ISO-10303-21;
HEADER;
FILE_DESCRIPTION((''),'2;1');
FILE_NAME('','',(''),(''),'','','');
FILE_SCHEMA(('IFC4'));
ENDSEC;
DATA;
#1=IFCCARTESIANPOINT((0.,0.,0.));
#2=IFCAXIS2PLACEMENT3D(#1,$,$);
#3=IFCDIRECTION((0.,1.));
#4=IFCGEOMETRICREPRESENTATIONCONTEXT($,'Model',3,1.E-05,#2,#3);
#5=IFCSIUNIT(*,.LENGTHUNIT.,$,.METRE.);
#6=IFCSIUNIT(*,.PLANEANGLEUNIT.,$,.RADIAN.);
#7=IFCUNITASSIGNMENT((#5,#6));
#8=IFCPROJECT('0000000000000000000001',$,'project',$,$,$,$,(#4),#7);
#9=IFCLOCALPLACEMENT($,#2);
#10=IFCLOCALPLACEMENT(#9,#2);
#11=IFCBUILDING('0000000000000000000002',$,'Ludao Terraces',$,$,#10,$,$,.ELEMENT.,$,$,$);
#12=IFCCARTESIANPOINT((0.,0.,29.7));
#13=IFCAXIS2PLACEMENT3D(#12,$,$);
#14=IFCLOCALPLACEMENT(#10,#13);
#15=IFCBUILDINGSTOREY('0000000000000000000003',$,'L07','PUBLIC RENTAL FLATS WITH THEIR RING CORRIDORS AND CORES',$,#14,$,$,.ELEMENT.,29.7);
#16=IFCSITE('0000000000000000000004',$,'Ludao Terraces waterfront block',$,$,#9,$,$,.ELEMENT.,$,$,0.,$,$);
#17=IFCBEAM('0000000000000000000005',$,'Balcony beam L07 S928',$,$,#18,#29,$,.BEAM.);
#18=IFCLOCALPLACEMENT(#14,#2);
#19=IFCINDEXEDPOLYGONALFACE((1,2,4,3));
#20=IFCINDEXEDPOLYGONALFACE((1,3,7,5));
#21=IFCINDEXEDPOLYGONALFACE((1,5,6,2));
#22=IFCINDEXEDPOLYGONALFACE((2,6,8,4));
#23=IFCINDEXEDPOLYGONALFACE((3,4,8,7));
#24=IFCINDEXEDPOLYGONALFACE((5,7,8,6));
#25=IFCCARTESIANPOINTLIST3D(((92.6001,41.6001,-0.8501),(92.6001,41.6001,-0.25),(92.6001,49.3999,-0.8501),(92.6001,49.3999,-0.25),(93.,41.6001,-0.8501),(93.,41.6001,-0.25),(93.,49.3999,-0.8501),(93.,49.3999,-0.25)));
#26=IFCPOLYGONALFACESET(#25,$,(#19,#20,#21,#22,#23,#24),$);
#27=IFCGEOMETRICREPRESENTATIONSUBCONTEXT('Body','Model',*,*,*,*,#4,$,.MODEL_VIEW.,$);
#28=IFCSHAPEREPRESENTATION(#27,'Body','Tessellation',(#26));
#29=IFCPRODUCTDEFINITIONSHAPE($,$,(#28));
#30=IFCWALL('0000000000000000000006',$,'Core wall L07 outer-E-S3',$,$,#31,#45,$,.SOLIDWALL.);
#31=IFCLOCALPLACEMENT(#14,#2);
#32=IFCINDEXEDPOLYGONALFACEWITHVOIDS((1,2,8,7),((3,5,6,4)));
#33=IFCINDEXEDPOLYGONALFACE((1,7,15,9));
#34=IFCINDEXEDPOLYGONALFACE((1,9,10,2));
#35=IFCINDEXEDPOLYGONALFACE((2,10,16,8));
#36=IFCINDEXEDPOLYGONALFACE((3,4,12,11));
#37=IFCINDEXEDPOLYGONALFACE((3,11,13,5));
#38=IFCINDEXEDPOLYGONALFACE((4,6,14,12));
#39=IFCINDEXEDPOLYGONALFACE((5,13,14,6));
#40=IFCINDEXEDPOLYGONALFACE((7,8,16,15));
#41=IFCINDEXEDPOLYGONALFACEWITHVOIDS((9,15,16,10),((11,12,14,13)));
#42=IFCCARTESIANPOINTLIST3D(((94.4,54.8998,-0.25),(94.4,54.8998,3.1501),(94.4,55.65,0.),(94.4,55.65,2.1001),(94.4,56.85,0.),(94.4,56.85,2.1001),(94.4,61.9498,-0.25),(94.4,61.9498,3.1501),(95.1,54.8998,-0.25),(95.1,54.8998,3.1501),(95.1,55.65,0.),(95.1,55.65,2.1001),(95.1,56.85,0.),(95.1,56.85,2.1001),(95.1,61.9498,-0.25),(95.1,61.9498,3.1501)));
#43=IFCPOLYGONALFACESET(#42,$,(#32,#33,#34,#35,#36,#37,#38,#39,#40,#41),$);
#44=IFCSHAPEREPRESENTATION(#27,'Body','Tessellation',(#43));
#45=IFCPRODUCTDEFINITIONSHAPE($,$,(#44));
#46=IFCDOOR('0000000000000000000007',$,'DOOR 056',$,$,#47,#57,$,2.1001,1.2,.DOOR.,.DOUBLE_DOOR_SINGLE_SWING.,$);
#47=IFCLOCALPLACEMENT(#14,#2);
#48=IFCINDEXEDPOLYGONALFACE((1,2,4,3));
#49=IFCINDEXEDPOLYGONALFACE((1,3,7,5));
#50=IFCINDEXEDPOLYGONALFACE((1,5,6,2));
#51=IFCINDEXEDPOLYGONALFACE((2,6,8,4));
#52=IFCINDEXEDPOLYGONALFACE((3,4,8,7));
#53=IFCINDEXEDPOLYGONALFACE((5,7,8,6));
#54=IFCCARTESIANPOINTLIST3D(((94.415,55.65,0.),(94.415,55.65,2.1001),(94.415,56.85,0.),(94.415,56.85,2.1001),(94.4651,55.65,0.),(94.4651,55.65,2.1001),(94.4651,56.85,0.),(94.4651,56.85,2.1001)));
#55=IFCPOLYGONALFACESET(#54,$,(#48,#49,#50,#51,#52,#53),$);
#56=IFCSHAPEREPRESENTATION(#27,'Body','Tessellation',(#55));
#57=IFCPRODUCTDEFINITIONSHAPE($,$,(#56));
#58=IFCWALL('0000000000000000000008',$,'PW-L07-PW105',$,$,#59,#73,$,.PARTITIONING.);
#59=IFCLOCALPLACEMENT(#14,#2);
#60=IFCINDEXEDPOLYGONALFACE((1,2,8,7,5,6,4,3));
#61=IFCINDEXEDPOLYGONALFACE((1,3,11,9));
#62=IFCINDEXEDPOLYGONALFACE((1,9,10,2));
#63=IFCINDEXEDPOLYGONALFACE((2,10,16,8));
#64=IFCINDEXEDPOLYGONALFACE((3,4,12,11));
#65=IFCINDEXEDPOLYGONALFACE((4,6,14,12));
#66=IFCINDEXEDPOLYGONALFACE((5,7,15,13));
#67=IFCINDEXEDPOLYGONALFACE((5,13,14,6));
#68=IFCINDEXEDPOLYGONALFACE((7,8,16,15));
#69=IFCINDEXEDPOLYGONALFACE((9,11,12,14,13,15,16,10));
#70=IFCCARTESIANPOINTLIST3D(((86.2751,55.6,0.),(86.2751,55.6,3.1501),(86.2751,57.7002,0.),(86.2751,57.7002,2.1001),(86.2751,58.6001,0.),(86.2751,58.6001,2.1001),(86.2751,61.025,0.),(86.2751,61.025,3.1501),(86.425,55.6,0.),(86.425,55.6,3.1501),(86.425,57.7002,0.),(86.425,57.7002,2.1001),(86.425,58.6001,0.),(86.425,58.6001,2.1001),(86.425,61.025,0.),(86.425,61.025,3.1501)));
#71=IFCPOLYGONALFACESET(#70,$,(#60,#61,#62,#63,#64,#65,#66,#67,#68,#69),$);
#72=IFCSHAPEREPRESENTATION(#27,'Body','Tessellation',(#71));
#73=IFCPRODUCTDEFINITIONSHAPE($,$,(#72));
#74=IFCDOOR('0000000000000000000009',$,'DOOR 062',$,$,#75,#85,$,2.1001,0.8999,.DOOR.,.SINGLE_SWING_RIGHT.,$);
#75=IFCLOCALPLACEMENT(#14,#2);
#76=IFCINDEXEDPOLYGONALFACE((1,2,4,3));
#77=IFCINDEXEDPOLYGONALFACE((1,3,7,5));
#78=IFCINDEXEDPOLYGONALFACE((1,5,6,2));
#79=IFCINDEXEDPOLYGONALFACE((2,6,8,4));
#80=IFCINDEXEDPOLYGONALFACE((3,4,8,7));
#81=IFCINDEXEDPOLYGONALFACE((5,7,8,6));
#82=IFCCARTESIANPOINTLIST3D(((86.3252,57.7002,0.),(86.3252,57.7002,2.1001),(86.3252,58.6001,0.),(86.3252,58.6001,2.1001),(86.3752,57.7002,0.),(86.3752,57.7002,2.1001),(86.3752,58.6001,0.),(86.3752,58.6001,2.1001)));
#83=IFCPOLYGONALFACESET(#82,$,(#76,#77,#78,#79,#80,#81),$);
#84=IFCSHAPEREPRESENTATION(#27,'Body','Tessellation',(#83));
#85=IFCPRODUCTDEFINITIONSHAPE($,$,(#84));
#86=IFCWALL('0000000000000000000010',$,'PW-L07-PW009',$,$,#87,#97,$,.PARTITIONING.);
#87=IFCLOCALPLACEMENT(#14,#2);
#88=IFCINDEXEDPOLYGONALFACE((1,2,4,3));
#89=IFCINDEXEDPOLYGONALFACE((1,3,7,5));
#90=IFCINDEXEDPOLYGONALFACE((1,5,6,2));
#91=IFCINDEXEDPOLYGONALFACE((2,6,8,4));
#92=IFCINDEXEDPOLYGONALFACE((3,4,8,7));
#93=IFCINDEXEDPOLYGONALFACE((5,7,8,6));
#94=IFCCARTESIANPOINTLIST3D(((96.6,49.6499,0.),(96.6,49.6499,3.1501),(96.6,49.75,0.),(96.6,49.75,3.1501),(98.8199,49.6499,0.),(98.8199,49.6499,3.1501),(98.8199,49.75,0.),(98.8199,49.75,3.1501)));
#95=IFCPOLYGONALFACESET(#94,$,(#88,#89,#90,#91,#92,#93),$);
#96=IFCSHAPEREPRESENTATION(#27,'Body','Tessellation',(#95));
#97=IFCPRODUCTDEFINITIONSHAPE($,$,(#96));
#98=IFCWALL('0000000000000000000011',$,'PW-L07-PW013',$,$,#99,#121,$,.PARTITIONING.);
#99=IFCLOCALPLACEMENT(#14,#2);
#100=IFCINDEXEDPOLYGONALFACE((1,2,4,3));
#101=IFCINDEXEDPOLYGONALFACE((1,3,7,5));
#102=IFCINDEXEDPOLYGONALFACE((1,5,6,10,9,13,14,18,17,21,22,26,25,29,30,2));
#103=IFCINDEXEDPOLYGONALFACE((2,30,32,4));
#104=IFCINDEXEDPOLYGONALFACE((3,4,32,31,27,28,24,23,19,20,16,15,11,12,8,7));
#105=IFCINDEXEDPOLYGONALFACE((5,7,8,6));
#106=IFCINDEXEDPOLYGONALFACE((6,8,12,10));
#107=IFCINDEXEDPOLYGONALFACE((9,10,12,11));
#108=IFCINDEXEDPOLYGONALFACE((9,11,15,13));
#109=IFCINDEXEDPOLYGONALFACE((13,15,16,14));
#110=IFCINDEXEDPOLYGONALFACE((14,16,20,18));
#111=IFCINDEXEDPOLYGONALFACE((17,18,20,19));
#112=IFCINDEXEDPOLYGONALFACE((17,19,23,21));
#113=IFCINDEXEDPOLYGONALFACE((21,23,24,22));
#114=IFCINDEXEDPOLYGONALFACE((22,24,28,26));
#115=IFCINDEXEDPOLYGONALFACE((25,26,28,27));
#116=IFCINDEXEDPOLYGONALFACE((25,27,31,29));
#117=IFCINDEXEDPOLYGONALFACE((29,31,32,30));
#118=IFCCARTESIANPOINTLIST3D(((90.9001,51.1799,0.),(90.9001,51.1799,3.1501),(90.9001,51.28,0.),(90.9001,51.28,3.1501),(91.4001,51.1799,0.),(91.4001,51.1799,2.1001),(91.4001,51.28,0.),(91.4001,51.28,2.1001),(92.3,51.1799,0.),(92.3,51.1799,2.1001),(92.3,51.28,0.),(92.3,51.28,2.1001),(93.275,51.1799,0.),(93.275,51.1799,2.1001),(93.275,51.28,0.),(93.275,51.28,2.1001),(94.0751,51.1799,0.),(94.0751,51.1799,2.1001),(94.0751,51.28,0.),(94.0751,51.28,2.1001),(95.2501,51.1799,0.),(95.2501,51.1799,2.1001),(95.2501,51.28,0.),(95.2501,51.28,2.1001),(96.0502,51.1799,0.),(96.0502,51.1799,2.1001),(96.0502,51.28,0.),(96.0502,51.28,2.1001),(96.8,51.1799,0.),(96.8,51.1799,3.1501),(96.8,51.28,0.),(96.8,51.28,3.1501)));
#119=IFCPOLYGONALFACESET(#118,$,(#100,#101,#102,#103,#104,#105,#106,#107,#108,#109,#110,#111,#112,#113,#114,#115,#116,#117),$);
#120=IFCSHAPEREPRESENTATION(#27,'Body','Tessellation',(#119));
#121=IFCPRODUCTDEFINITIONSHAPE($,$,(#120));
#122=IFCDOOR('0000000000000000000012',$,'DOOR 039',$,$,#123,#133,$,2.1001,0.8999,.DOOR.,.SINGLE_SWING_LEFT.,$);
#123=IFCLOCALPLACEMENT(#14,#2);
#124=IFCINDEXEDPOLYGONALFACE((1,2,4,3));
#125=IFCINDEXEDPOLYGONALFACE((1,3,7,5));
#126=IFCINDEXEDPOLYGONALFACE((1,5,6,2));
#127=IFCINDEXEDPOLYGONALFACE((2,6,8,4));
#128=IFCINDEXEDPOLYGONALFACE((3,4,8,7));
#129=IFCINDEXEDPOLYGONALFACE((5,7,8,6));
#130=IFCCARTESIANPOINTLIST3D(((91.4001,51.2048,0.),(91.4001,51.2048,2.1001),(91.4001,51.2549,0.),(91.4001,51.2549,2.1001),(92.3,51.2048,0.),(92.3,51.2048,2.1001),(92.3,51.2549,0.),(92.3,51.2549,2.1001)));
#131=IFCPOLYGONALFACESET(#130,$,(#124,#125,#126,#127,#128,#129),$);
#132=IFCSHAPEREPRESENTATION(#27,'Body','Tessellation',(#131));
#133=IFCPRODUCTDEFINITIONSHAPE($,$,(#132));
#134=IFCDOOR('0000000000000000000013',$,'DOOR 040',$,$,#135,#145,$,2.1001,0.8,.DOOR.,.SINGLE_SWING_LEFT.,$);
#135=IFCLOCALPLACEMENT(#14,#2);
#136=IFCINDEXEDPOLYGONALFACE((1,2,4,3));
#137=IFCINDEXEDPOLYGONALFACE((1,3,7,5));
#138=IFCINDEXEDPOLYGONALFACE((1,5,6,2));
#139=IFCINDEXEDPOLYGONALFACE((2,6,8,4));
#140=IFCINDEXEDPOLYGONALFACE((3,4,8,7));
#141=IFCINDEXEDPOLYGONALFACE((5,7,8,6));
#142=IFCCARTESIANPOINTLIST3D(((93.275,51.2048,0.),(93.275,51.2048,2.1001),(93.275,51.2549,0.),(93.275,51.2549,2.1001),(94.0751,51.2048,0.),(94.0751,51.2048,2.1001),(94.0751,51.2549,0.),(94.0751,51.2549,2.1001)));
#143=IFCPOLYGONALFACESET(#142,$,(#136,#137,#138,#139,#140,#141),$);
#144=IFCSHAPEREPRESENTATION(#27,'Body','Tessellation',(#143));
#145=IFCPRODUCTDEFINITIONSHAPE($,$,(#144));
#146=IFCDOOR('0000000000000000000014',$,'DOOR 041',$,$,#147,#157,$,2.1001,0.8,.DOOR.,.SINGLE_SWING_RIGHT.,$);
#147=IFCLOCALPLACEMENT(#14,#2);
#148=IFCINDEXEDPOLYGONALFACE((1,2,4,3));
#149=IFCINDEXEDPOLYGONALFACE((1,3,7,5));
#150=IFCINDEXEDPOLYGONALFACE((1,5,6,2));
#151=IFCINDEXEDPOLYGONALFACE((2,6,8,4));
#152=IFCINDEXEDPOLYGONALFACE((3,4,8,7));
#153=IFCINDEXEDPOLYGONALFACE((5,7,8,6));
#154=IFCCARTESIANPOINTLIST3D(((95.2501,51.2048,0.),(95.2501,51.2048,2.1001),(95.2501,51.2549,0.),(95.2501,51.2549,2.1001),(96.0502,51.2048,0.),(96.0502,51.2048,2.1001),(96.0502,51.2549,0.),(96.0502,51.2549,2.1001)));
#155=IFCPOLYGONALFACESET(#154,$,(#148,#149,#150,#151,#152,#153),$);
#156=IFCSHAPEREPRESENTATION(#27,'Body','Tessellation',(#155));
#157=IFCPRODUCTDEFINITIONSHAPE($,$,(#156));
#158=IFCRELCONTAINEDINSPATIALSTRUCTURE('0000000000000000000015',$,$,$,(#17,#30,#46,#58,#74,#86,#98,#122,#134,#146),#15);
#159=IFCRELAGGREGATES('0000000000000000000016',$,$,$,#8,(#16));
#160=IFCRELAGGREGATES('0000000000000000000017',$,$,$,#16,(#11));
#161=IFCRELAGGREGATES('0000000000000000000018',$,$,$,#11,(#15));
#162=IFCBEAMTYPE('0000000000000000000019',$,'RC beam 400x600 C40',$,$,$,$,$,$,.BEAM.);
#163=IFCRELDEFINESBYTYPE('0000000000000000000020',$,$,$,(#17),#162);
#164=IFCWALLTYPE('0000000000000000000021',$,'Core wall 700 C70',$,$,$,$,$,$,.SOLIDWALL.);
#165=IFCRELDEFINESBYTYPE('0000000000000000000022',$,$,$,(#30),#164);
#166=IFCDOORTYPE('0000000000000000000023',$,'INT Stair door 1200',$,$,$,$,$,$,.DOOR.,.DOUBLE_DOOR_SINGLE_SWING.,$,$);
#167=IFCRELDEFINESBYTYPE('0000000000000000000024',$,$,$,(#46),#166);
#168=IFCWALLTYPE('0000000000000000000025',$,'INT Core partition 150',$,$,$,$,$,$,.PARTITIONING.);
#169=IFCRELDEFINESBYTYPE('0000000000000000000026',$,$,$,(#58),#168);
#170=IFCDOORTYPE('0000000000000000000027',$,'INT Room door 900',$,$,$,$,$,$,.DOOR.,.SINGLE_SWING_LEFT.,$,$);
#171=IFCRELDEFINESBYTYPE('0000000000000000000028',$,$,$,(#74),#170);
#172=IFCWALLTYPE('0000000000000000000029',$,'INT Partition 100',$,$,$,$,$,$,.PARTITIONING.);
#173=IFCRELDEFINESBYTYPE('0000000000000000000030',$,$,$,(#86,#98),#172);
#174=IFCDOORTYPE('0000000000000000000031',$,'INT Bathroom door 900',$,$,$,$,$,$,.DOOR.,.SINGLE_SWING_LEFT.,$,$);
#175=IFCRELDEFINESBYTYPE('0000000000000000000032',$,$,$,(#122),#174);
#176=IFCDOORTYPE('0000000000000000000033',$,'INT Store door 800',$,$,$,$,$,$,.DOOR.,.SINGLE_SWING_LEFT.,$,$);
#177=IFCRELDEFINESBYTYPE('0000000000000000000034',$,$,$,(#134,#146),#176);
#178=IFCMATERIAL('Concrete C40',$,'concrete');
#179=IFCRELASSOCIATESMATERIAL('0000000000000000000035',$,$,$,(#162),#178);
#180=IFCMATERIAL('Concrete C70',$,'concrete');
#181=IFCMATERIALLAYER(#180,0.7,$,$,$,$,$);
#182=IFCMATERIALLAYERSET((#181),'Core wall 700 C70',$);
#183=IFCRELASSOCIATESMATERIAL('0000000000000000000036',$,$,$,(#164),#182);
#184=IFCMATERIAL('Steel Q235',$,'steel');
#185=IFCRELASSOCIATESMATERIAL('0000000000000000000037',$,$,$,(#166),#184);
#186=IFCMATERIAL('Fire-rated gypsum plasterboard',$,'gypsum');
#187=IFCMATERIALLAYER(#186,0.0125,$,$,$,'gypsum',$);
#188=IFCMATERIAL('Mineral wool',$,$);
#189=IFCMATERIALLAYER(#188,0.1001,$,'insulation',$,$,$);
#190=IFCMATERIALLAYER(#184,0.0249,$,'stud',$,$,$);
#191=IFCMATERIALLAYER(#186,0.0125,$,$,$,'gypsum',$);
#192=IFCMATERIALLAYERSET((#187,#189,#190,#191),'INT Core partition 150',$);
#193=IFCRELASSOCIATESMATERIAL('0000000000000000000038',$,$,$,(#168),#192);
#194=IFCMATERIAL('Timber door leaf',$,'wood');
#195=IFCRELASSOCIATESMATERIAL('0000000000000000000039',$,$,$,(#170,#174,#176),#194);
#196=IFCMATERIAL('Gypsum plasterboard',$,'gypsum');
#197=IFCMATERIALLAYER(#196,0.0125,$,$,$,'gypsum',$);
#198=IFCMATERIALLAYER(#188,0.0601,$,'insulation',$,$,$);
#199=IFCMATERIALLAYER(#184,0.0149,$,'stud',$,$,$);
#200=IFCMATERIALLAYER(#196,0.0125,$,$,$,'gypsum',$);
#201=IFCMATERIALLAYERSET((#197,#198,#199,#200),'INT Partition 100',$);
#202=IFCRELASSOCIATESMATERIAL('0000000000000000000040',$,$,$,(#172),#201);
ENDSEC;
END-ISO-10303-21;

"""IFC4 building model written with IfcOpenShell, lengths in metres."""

from ifc_helpers import new_model, si_unit, direction, frame, frame_2d, origin, origin_2d, place, context, subcontext, project, spatial, rectangle, extrude, material, layer, layer_set, material_profile, profile_set, type_object, element, fill, save


model = new_model("IFC4")

# Units and contexts
model_context = context("Model", 3, precision=1e-05, world=origin(), true_north=direction((0.0, 1.0)))
body_context = subcontext(model_context, "Body", "Model", "MODEL_VIEW")
ifc_project = project(units=[si_unit("LENGTHUNIT", "METRE"), si_unit("PLANEANGLEUNIT", "RADIAN")], contexts=[model_context])

# Site, building, storey
site_placement = place(None, origin())
site = spatial("IfcSite", under=ifc_project, at=site_placement, Name="Ludao Terraces waterfront block", CompositionType="ELEMENT", RefElevation=0.0)
building_placement = place(site_placement, origin())
building = spatial("IfcBuilding", under=site, at=building_placement, Name="Ludao Terraces", CompositionType="ELEMENT")
storey_placement = place(building_placement, frame((0.0, 0.0, 29.7)))
storey = spatial("IfcBuildingStorey", under=building, at=storey_placement, Name="L07", Description="PUBLIC RENTAL FLATS WITH THEIR RING CORRIDORS AND CORES", CompositionType="ELEMENT", Elevation=29.7)

# Beam
ifc_material_1 = material(Name="Concrete C40", Category="concrete")
ifc_material_profile = material_profile(ifc_material_1, rectangle(XDim=0.3999, YDim=0.6001, at=origin_2d()), Name="400 X 600")
ifc_profile_set = profile_set([ifc_material_profile], Name="Concrete C40")
beam_type = type_object("IfcBeamType", Name="RC beam 400x600 C40", PredefinedType="BEAM", material=ifc_profile_set)
beam_placement = place(storey_placement, frame((92.8, 49.3999, -0.55), z_axis=(0.0, -1.0, 0.0), x_axis=(1.0, 0.0, 0.0)))
element("IfcBeam", 1, at=beam_placement, inside=storey, type_object=beam_type, Name="Balcony beam L07 S928", PredefinedType="BEAM", context=body_context, shape_type="SweptSolid", body=[
    extrude(rectangle(XDim=0.3999, YDim=0.6001, at=origin_2d()), origin(), (0.0, 0.0, 1.0), 7.7998),
])

# Walls, openings, doors
ifc_material_2 = material(Name="Concrete C70", Category="concrete")
ifc_layer_1 = layer(ifc_material_2, 0.7)
ifc_layer_set_1 = layer_set([ifc_layer_1], Name="Core wall 700 C70")
wall_type_1 = type_object("IfcWallType", Name="Core wall 700 C70", PredefinedType="SOLIDWALL", material=ifc_layer_set_1)
wall_1_placement = place(storey_placement, frame((94.75, 54.8999, -0.25), z_axis=(0.0, 0.0, 1.0), x_axis=(0.0, 1.0, 0.0)))
wall_1 = element("IfcWall", 2, at=wall_1_placement, inside=storey, type_object=wall_type_1, Name="Core wall L07 outer-E-S3", PredefinedType="SOLIDWALL", context=body_context, shape_type="SweptSolid", body=[
    extrude(rectangle(XDim=7.05, YDim=0.7, at=frame_2d((3.5249, 0.0))), origin(), (0.0, 0.0, 1.0), 3.4001),
])
opening_1_placement = place(wall_1_placement, frame((0.75, 0.0, 0.25)))
opening_1 = element("IfcOpeningElement", 3, at=opening_1_placement, cuts=wall_1, PredefinedType="OPENING", context=body_context, shape_type="SweptSolid", body=[
    extrude(rectangle(XDim=1.2, YDim=2.1001, at=frame_2d((0.6001, 1.05))), frame((0.0, 0.3599, 0.0), z_axis=(0.0, -1.0, 0.0), x_axis=(1.0, 0.0, 0.0)), (0.0, 0.0, 1.0), 0.72),
])
ifc_material_3 = material(Name="Steel Q235", Category="steel")
door_type_1 = type_object("IfcDoorType", Name="INT Stair door 1200", OperationType="DOUBLE_DOOR_SINGLE_SWING", PredefinedType="DOOR", material=ifc_material_3)
door_1_placement = place(opening_1_placement, origin())
door_1 = element("IfcDoor", 4, at=door_1_placement, inside=storey, type_object=door_type_1, Name="DOOR 056", OperationType="DOUBLE_DOOR_SINGLE_SWING", OverallHeight=2.1001, OverallWidth=1.2, PredefinedType="DOOR", context=body_context, shape_type="SweptSolid", body=[
    extrude(rectangle(XDim=1.2, YDim=2.1001, at=frame_2d((0.6001, 1.05))), frame((0.0, 0.335, 0.0), z_axis=(0.0, -1.0, 0.0), x_axis=(1.0, 0.0, 0.0)), (0.0, 0.0, 1.0), 0.05),
])
fill(opening_1, door_1)
ifc_material_4 = material(Name="Fire-rated gypsum plasterboard", Category="gypsum")
ifc_layer_2 = layer(ifc_material_4, 0.0125, Category="gypsum")
ifc_material_5 = material(Name="Mineral wool")
ifc_layer_3 = layer(ifc_material_5, 0.1001, Name="insulation")
ifc_layer_4 = layer(ifc_material_3, 0.0249, Name="stud")
ifc_layer_5 = layer(ifc_material_4, 0.0125, Category="gypsum")
ifc_layer_set_2 = layer_set([ifc_layer_2, ifc_layer_3, ifc_layer_4, ifc_layer_5], Name="INT Core partition 150")
wall_type_2 = type_object("IfcWallType", Name="INT Core partition 150", PredefinedType="PARTITIONING", material=ifc_layer_set_2)
wall_2_placement = place(storey_placement, frame((86.3501, 55.6001, 0.0), z_axis=(0.0, 0.0, 1.0), x_axis=(0.0, 1.0, 0.0)))
wall_2 = element("IfcWall", 5, at=wall_2_placement, inside=storey, type_object=wall_type_2, Name="PW-L07-PW105", PredefinedType="PARTITIONING", context=body_context, shape_type="SweptSolid", body=[
    extrude(rectangle(XDim=5.425, YDim=0.1499, at=frame_2d((2.7124, 0.0))), origin(), (0.0, 0.0, 1.0), 3.1501),
])
opening_2_placement = place(wall_2_placement, frame((2.1001, 0.0, 0.0)))
opening_2 = element("IfcOpeningElement", 6, at=opening_2_placement, cuts=wall_2, PredefinedType="OPENING", context=body_context, shape_type="SweptSolid", body=[
    extrude(rectangle(XDim=0.8999, YDim=2.1001, at=frame_2d((0.45, 1.05))), frame((0.0, 0.085, 0.0), z_axis=(0.0, -1.0, 0.0), x_axis=(1.0, 0.0, 0.0)), (0.0, 0.0, 1.0), 0.1699),
])
ifc_material_6 = material(Name="Timber door leaf", Category="wood")
door_type_2 = type_object("IfcDoorType", Name="INT Room door 900", OperationType="SINGLE_SWING_LEFT", PredefinedType="DOOR", material=ifc_material_6)
door_2_placement = place(opening_2_placement, origin())
door_2 = element("IfcDoor", 7, at=door_2_placement, inside=storey, type_object=door_type_2, Name="DOOR 062", OperationType="SINGLE_SWING_RIGHT", OverallHeight=2.1001, OverallWidth=0.8999, PredefinedType="DOOR", context=body_context, shape_type="SweptSolid", body=[
    extrude(rectangle(XDim=0.8999, YDim=2.1001, at=frame_2d((0.45, 1.05))), frame((0.0, 0.0249, 0.0), z_axis=(0.0, -1.0, 0.0), x_axis=(1.0, 0.0, 0.0)), (0.0, 0.0, 1.0), 0.05),
])
fill(opening_2, door_2)

# Wall
ifc_material_7 = material(Name="Gypsum plasterboard", Category="gypsum")
ifc_layer_6 = layer(ifc_material_7, 0.0125, Category="gypsum")
ifc_layer_7 = layer(ifc_material_5, 0.0601, Name="insulation")
ifc_layer_8 = layer(ifc_material_3, 0.0149, Name="stud")
ifc_layer_9 = layer(ifc_material_7, 0.0125, Category="gypsum")
ifc_layer_set_3 = layer_set([ifc_layer_6, ifc_layer_7, ifc_layer_8, ifc_layer_9], Name="INT Partition 100")
wall_type_3 = type_object("IfcWallType", Name="INT Partition 100", PredefinedType="PARTITIONING", material=ifc_layer_set_3)
wall_3_placement = place(storey_placement, frame((96.6001, 49.7, 0.0), z_axis=(0.0, 0.0, 1.0), x_axis=(1.0, 0.0, 0.0)))
element("IfcWall", 8, at=wall_3_placement, inside=storey, type_object=wall_type_3, Name="PW-L07-PW009", PredefinedType="PARTITIONING", context=body_context, shape_type="SweptSolid", body=[
    extrude(rectangle(XDim=2.22, YDim=0.1001, at=frame_2d((1.1099, 0.0))), origin(), (0.0, 0.0, 1.0), 3.1501),
])

# Wall, openings, doors
wall_4_placement = place(storey_placement, frame((90.9001, 51.23, 0.0), z_axis=(0.0, 0.0, 1.0), x_axis=(1.0, 0.0, 0.0)))
wall_4 = element("IfcWall", 9, at=wall_4_placement, inside=storey, type_object=wall_type_3, Name="PW-L07-PW013", PredefinedType="PARTITIONING", context=body_context, shape_type="SweptSolid", body=[
    extrude(rectangle(XDim=5.8999, YDim=0.1001, at=frame_2d((2.95, 0.0))), origin(), (0.0, 0.0, 1.0), 3.1501),
])
opening_3_placement = place(wall_4_placement, frame((0.5, 0.0, 0.0)))
opening_3 = element("IfcOpeningElement", 10, at=opening_3_placement, cuts=wall_4, PredefinedType="OPENING", context=body_context, shape_type="SweptSolid", body=[
    extrude(rectangle(XDim=0.8999, YDim=2.1001, at=frame_2d((0.45, 1.05))), frame((0.0, 0.0601, 0.0), z_axis=(0.0, -1.0, 0.0), x_axis=(1.0, 0.0, 0.0)), (0.0, 0.0, 1.0), 0.1201),
])
opening_4_placement = place(wall_4_placement, frame((2.375, 0.0, 0.0)))
opening_4 = element("IfcOpeningElement", 11, at=opening_4_placement, cuts=wall_4, PredefinedType="OPENING", context=body_context, shape_type="SweptSolid", body=[
    extrude(rectangle(XDim=0.8, YDim=2.1001, at=frame_2d((0.3999, 1.05))), frame((0.0, 0.0601, 0.0), z_axis=(0.0, -1.0, 0.0), x_axis=(1.0, 0.0, 0.0)), (0.0, 0.0, 1.0), 0.1201),
])
opening_5_placement = place(wall_4_placement, frame((4.3501, 0.0, 0.0)))
opening_5 = element("IfcOpeningElement", 12, at=opening_5_placement, cuts=wall_4, PredefinedType="OPENING", context=body_context, shape_type="SweptSolid", body=[
    extrude(rectangle(XDim=0.8, YDim=2.1001, at=frame_2d((0.3999, 1.05))), frame((0.0, 0.0601, 0.0), z_axis=(0.0, -1.0, 0.0), x_axis=(1.0, 0.0, 0.0)), (0.0, 0.0, 1.0), 0.1201),
])
door_type_3 = type_object("IfcDoorType", Name="INT Bathroom door 900", OperationType="SINGLE_SWING_LEFT", PredefinedType="DOOR", material=ifc_material_6)
door_3_placement = place(opening_3_placement, origin())
door_3 = element("IfcDoor", 13, at=door_3_placement, inside=storey, type_object=door_type_3, Name="DOOR 039", OperationType="SINGLE_SWING_LEFT", OverallHeight=2.1001, OverallWidth=0.8999, PredefinedType="DOOR", context=body_context, shape_type="SweptSolid", body=[
    extrude(rectangle(XDim=0.8999, YDim=2.1001, at=frame_2d((0.45, 1.05))), frame((0.0, 0.0249, 0.0), z_axis=(0.0, -1.0, 0.0), x_axis=(1.0, 0.0, 0.0)), (0.0, 0.0, 1.0), 0.05),
])
fill(opening_3, door_3)
door_type_4 = type_object("IfcDoorType", Name="INT Store door 800", OperationType="SINGLE_SWING_LEFT", PredefinedType="DOOR", material=ifc_material_6)
door_4_placement = place(opening_4_placement, origin())
door_4 = element("IfcDoor", 14, at=door_4_placement, inside=storey, type_object=door_type_4, Name="DOOR 040", OperationType="SINGLE_SWING_LEFT", OverallHeight=2.1001, OverallWidth=0.8, PredefinedType="DOOR", context=body_context, shape_type="SweptSolid", body=[
    extrude(rectangle(XDim=0.8, YDim=2.1001, at=frame_2d((0.3999, 1.05))), frame((0.0, 0.0249, 0.0), z_axis=(0.0, -1.0, 0.0), x_axis=(1.0, 0.0, 0.0)), (0.0, 0.0, 1.0), 0.05),
])
fill(opening_4, door_4)
door_5_placement = place(opening_5_placement, origin())
door_5 = element("IfcDoor", 15, at=door_5_placement, inside=storey, type_object=door_type_4, Name="DOOR 041", OperationType="SINGLE_SWING_RIGHT", OverallHeight=2.1001, OverallWidth=0.8, PredefinedType="DOOR", context=body_context, shape_type="SweptSolid", body=[
    extrude(rectangle(XDim=0.8, YDim=2.1001, at=frame_2d((0.3999, 1.05))), frame((0.0, 0.0249, 0.0), z_axis=(0.0, -1.0, 0.0), x_axis=(1.0, 0.0, 0.0)), (0.0, 0.0, 1.0), 0.05),
])
fill(opening_5, door_5)

save(model, "model.ifc")
